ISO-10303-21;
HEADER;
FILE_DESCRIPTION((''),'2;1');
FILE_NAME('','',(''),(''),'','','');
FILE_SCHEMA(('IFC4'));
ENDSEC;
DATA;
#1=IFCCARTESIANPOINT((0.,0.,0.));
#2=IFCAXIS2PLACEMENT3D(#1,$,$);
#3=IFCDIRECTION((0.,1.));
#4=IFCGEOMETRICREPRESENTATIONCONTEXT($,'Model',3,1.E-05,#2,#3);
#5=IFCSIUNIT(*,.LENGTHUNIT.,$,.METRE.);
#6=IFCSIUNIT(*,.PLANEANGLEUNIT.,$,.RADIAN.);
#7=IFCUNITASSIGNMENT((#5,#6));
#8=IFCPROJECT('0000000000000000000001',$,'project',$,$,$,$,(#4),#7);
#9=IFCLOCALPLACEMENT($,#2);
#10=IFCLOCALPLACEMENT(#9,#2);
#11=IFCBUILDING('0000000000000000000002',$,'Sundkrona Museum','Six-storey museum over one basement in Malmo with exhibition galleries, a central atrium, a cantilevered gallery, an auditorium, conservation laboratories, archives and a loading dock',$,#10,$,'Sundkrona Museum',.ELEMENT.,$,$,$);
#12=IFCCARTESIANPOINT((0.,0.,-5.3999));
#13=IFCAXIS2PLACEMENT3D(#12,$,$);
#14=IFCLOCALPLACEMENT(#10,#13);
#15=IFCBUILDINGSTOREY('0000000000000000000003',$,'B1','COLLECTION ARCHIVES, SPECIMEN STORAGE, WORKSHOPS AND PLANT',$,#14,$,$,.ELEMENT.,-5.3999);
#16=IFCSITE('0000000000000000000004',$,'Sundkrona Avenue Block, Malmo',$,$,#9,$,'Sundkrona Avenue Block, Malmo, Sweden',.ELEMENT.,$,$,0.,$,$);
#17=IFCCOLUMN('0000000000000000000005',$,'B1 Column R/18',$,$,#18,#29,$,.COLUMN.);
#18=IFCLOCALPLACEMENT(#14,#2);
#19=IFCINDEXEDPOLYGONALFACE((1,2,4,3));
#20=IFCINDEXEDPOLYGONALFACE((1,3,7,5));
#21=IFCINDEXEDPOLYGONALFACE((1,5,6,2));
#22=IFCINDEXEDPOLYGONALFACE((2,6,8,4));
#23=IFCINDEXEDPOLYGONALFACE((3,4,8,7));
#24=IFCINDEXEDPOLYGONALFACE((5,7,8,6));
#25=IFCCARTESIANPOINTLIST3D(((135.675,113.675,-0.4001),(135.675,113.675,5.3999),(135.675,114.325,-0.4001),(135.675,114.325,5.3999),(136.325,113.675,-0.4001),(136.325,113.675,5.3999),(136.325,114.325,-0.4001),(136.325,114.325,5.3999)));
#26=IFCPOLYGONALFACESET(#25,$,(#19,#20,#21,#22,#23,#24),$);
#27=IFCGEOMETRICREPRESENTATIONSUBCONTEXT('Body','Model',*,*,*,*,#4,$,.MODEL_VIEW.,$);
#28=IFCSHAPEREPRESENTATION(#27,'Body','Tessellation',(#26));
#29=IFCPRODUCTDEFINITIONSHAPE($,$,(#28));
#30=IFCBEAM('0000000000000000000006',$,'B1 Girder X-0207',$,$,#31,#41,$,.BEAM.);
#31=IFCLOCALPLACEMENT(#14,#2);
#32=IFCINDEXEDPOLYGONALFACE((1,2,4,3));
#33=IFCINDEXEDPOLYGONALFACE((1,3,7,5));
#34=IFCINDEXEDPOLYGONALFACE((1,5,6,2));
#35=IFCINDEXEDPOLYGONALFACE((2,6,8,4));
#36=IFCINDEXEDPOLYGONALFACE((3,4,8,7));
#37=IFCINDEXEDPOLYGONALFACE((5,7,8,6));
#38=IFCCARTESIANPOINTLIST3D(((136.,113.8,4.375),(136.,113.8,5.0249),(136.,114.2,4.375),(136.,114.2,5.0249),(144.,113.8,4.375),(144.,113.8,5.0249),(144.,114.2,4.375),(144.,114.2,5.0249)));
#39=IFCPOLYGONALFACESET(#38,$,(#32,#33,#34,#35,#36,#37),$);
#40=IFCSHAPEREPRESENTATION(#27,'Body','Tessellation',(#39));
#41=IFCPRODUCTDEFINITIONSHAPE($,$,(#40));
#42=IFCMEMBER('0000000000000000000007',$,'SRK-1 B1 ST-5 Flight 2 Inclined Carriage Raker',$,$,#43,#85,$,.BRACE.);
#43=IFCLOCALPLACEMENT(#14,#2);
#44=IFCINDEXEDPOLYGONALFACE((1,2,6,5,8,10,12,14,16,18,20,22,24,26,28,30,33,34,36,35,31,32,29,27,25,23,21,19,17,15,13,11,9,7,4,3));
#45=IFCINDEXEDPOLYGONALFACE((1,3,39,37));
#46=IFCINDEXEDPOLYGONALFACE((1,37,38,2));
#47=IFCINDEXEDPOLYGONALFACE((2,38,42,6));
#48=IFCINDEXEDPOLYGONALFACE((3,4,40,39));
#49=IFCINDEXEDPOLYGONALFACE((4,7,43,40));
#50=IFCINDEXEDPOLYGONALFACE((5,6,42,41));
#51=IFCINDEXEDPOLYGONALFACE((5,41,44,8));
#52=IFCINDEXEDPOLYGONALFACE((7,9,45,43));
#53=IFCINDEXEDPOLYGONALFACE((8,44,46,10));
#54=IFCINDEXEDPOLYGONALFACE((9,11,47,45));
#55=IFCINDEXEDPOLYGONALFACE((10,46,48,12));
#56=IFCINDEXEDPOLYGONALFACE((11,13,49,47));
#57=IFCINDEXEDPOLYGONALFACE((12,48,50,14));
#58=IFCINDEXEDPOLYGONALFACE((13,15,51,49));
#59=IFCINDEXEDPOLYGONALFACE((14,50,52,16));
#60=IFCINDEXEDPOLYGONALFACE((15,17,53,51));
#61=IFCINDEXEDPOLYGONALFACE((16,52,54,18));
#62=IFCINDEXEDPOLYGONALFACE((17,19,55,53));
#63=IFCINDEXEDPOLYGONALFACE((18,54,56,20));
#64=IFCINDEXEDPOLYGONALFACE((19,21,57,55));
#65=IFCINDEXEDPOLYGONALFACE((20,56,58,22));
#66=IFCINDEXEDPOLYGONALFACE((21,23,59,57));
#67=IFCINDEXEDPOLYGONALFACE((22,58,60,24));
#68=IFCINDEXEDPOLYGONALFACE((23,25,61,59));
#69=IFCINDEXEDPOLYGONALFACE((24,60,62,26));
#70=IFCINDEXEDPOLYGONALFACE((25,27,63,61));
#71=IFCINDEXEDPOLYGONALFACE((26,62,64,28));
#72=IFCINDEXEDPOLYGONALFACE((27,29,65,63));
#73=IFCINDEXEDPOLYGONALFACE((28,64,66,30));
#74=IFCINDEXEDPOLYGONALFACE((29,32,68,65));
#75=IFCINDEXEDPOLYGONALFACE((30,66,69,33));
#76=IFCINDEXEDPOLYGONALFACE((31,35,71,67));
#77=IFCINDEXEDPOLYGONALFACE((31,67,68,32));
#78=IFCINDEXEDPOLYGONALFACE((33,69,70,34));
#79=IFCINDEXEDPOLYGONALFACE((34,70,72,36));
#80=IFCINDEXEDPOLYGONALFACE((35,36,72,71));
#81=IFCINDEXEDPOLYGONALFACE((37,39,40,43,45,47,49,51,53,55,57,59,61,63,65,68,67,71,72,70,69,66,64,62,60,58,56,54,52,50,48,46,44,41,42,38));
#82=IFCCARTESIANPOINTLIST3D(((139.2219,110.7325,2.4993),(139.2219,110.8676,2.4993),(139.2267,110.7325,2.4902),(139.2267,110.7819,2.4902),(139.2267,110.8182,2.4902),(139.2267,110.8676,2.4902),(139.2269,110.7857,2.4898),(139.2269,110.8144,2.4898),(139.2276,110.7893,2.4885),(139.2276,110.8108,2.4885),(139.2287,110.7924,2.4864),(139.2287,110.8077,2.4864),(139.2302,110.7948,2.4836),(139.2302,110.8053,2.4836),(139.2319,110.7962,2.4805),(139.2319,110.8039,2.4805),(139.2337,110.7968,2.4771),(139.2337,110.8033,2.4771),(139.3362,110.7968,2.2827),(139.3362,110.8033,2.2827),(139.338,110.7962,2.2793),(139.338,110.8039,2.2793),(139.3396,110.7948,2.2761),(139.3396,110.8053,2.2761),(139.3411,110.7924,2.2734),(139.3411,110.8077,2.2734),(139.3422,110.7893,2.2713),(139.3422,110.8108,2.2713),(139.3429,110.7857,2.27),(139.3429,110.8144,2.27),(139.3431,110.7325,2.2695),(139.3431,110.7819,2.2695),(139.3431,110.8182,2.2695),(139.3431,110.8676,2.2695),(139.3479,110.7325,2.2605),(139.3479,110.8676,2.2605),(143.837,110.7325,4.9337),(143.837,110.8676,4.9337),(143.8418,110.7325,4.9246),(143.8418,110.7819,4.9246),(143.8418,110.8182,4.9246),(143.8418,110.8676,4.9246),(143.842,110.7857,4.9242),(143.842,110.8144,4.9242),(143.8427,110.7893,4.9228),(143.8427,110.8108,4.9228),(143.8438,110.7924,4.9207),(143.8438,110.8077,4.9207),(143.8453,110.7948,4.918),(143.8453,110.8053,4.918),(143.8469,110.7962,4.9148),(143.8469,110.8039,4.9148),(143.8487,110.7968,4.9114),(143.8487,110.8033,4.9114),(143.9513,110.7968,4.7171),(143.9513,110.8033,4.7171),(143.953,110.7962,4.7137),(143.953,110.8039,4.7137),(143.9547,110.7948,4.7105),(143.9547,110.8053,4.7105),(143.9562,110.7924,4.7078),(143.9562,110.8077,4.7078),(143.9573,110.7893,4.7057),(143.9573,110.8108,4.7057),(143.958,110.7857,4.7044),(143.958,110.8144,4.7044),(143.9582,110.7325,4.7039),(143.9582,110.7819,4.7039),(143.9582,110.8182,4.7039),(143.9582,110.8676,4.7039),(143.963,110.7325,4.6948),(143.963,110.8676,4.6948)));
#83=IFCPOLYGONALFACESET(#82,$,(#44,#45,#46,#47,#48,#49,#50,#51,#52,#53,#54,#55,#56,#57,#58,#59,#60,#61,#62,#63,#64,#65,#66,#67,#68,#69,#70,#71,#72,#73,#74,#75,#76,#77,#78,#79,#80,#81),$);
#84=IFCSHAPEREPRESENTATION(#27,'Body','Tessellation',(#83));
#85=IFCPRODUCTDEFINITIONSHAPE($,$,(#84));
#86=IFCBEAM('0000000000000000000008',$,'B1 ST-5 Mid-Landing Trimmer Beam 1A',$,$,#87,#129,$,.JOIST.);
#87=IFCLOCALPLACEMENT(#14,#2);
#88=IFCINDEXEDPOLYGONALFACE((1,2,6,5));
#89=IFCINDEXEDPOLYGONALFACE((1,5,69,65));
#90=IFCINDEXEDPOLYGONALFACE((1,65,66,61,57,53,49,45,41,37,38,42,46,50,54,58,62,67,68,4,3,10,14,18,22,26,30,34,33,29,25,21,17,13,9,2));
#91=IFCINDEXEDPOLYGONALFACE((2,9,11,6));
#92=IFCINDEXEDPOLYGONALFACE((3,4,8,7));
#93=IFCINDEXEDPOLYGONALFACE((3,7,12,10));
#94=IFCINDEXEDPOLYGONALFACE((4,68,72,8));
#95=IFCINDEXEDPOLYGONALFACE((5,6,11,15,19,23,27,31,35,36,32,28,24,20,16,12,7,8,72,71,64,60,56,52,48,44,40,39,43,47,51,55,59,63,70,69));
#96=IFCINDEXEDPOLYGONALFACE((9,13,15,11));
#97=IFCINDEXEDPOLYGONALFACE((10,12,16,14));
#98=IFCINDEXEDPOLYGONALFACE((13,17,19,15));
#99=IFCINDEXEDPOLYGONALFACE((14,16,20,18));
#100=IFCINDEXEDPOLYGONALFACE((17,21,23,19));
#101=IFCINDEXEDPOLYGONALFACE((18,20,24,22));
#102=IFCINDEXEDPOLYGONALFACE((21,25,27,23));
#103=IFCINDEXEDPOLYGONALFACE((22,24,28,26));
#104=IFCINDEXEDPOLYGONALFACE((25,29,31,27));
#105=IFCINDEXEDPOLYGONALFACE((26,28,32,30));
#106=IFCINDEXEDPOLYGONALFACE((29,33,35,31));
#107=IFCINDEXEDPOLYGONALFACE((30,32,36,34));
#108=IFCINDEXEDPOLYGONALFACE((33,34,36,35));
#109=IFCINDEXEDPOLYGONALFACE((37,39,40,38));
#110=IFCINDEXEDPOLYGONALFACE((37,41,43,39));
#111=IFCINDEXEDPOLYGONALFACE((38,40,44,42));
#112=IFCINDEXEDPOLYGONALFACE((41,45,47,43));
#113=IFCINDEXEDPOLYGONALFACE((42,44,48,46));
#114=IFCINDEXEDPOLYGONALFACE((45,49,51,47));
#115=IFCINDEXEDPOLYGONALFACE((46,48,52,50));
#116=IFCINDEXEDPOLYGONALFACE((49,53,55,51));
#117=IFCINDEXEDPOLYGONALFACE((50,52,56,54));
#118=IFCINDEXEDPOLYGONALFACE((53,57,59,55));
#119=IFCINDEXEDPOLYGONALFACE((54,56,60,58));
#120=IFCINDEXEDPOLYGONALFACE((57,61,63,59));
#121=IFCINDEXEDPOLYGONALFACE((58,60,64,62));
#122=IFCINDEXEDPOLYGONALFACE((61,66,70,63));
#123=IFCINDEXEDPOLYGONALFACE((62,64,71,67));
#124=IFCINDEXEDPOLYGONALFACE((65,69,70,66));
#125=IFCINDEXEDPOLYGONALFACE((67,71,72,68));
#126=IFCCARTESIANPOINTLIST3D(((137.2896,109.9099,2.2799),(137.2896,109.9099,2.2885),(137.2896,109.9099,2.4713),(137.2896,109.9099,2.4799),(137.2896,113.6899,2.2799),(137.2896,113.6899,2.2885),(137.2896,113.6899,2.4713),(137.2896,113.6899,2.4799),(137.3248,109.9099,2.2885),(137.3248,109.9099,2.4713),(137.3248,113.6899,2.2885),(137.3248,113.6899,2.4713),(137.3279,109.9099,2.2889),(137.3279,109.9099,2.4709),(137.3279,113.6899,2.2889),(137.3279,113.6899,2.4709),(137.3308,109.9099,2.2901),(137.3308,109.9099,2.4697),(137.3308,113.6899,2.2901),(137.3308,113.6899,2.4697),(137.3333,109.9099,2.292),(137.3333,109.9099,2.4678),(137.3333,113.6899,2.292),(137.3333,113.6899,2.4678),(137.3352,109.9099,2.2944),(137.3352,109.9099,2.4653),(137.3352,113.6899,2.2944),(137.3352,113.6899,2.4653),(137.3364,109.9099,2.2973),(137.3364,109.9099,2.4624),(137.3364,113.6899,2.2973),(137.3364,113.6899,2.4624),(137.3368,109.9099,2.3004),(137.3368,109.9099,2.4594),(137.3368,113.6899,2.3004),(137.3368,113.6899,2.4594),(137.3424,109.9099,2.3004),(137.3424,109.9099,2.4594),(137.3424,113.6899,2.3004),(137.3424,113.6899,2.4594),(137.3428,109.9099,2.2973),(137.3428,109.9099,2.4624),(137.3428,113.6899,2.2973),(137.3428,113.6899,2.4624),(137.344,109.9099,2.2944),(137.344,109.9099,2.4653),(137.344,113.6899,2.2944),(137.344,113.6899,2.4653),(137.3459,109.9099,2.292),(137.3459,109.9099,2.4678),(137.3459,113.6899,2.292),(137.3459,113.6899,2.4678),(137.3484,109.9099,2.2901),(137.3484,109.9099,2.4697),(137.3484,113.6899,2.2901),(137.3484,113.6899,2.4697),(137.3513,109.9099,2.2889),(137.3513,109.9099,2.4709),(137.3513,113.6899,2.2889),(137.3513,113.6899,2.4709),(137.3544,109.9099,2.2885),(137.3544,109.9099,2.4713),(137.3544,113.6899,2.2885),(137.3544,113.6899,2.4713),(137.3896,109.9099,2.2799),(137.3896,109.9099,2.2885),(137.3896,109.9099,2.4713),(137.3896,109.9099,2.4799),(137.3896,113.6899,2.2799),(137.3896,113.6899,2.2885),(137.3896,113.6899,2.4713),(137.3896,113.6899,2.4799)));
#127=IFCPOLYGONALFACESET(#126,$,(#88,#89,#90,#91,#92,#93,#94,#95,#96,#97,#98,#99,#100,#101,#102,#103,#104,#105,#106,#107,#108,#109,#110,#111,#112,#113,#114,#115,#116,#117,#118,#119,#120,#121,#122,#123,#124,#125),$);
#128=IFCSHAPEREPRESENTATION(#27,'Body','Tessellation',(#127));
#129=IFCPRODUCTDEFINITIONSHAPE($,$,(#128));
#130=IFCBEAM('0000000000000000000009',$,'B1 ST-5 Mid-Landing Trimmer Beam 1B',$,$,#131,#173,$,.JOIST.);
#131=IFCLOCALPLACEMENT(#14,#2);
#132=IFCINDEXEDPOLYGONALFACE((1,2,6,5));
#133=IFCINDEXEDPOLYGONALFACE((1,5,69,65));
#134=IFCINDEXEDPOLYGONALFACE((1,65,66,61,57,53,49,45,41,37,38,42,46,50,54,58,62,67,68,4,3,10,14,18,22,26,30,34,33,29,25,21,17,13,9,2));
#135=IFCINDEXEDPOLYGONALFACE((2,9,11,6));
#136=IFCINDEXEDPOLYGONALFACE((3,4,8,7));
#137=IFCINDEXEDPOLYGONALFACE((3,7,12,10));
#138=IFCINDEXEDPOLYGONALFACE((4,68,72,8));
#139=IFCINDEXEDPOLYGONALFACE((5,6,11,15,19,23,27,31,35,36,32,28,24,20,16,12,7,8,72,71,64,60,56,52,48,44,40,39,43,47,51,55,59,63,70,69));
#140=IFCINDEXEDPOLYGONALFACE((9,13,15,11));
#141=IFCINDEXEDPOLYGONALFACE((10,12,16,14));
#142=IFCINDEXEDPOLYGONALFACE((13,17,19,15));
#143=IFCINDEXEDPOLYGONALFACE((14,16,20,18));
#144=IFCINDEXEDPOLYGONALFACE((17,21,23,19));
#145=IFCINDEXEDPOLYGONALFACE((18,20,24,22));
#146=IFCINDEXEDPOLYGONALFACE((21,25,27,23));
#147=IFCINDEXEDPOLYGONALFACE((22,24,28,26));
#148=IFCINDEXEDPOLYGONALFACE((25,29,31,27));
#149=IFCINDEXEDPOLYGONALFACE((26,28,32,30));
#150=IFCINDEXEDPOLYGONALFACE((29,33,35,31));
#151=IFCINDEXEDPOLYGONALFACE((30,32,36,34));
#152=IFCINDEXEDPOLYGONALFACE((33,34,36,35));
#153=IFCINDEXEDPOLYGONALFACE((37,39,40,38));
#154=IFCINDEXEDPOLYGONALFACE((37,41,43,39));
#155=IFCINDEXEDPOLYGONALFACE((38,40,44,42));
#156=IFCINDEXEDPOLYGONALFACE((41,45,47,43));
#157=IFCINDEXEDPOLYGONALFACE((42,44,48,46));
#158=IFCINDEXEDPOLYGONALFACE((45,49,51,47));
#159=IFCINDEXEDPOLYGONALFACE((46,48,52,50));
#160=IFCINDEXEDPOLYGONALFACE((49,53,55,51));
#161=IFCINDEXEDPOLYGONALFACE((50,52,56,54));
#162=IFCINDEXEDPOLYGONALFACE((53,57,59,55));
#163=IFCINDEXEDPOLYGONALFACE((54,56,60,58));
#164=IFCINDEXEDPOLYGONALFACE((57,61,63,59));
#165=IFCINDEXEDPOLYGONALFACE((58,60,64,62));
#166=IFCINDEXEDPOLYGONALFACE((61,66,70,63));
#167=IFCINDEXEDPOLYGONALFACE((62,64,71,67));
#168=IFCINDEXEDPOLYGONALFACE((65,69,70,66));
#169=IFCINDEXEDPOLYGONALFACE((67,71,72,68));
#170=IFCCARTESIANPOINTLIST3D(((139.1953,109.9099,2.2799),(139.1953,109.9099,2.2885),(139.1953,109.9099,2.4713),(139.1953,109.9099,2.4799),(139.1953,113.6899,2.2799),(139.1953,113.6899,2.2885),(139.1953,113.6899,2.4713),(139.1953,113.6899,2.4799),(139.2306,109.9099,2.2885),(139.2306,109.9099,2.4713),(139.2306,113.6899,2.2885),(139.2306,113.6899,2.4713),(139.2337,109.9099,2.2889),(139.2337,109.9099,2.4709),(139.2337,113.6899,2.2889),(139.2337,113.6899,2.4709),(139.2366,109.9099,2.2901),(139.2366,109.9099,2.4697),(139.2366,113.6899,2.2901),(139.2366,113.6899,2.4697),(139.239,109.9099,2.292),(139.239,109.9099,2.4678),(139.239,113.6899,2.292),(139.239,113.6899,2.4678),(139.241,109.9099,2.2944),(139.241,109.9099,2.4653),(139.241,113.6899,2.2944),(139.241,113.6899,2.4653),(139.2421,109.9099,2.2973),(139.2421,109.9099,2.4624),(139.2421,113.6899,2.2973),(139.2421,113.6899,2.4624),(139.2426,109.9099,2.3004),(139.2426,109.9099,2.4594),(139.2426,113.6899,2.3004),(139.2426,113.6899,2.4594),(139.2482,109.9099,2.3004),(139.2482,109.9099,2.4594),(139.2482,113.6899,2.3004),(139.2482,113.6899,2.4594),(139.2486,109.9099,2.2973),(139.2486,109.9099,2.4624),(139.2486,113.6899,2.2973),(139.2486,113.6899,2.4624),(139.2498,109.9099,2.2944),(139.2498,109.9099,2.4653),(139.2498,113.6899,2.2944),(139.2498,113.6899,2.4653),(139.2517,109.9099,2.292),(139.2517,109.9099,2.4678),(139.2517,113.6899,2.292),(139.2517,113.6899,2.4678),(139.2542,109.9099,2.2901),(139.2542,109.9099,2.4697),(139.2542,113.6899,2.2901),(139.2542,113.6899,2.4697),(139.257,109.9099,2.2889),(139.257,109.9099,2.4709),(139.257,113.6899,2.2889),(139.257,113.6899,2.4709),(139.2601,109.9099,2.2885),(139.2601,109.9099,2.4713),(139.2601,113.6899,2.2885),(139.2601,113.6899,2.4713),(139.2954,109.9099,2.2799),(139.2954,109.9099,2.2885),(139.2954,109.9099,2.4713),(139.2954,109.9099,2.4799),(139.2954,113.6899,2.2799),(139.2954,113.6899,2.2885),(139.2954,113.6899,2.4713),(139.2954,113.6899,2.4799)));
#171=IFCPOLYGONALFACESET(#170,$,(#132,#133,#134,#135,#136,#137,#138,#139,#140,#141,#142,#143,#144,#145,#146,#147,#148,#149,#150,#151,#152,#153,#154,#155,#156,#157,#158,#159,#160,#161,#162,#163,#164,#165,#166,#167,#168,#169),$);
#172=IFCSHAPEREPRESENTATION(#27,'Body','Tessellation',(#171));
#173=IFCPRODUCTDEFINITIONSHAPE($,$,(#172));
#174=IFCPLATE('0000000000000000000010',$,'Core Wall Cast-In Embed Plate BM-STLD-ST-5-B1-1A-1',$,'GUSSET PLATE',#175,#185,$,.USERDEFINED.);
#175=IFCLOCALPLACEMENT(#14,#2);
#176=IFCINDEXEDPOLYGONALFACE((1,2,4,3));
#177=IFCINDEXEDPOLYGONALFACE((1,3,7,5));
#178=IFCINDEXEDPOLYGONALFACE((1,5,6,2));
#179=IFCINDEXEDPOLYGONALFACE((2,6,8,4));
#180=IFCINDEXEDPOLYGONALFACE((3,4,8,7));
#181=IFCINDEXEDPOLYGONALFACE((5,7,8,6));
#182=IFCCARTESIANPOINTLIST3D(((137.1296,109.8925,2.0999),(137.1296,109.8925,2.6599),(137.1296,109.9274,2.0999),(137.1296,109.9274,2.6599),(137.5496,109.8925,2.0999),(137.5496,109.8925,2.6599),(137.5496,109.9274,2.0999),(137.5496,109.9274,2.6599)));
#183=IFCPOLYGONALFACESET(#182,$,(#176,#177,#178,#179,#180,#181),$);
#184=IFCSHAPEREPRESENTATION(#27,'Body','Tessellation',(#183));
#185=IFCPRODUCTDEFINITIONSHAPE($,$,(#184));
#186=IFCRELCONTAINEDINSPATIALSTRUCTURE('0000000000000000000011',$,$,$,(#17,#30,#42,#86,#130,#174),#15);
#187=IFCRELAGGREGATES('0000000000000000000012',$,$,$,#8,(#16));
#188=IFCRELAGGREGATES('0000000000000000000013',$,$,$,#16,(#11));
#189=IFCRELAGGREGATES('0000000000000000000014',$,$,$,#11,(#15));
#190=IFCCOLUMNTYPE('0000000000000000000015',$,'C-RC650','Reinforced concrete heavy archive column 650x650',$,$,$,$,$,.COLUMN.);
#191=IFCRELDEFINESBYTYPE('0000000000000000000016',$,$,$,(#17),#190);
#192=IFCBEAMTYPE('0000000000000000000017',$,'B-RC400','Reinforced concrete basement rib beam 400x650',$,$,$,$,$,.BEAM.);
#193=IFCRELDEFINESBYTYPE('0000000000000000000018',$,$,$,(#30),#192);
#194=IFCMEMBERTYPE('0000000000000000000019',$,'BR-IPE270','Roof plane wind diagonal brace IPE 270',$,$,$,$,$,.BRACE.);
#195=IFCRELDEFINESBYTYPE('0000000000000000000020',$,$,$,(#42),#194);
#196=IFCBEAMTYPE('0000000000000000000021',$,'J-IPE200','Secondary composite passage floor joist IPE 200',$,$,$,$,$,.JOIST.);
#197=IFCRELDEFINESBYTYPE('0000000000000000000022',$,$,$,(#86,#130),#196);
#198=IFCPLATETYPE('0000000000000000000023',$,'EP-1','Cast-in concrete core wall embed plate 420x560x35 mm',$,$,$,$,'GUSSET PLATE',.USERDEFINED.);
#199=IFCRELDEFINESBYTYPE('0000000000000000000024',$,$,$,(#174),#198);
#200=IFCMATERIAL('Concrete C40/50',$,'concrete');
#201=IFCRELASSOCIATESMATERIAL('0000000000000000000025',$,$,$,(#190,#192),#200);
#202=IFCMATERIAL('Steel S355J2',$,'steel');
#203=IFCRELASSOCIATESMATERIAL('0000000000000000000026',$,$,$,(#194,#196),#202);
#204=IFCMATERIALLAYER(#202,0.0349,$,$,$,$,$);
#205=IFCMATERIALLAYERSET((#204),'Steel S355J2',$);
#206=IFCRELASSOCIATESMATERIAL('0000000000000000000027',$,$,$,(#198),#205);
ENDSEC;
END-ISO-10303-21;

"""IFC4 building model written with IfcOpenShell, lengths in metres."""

from ifc_helpers import new_model, si_unit, direction, frame, origin, origin_2d, place, context, subcontext, project, spatial, rectangle, i_section, extrude, material, layer, layer_set, material_profile, profile_set, type_object, element, save


model = new_model("IFC4")

# Units and contexts
model_context = context("Model", 3, precision=1e-05, world=origin(), true_north=direction((0.0, 1.0)))
body_context = subcontext(model_context, "Body", "Model", "MODEL_VIEW")
ifc_project = project(units=[si_unit("LENGTHUNIT", "METRE"), si_unit("PLANEANGLEUNIT", "RADIAN")], contexts=[model_context])

# Site, building, storey
site_placement = place(None, origin())
site = spatial("IfcSite", under=ifc_project, at=site_placement, Name="Sundkrona Avenue Block, Malmo", LongName="Sundkrona Avenue Block, Malmo, Sweden", CompositionType="ELEMENT", RefElevation=0.0)
building_placement = place(site_placement, origin())
building = spatial("IfcBuilding", under=site, at=building_placement, Name="Sundkrona Museum", Description="Six-storey museum over one basement in Malmo with exhibition galleries, a central atrium, a cantilevered gallery, an auditorium, conservation laboratories, archives and a loading dock", LongName="Sundkrona Museum", CompositionType="ELEMENT")
storey_placement = place(building_placement, frame((0.0, 0.0, -5.3999)))
storey = spatial("IfcBuildingStorey", under=building, at=storey_placement, Name="B1", Description="COLLECTION ARCHIVES, SPECIMEN STORAGE, WORKSHOPS AND PLANT", CompositionType="ELEMENT", Elevation=-5.3999)

# Shared definitions
ifc_material_1 = material(Name="Concrete C40/50", Category="concrete")

# Column
ifc_material_profile_1 = material_profile(ifc_material_1, rectangle(XDim=0.6499, YDim=0.6499, at=origin_2d()), Name="RC 650x650")
ifc_profile_set_1 = profile_set([ifc_material_profile_1], Name="Concrete C40/50")
column_type = type_object("IfcColumnType", Name="C-RC650", Description="Reinforced concrete heavy archive column 650x650", PredefinedType="COLUMN", material=ifc_profile_set_1)
column_placement = place(storey_placement, frame((136.0, 114.0, -0.4001), z_axis=(0.0, 0.0, 1.0), x_axis=(1.0, 0.0, 0.0)))
element("IfcColumn", 1, at=column_placement, inside=storey, type_object=column_type, Name="B1 Column R/18", PredefinedType="COLUMN", context=body_context, shape_type="SweptSolid", body=[
    extrude(rectangle(XDim=0.6499, YDim=0.6499, at=origin_2d()), origin(), (0.0, 0.0, 1.0), 5.8),
])

# Beam
ifc_material_profile_2 = material_profile(ifc_material_1, rectangle(XDim=0.3999, YDim=0.6499, at=origin_2d()), Name="RCB 400x650")
ifc_profile_set_2 = profile_set([ifc_material_profile_2], Name="Concrete C40/50")
beam_type_1 = type_object("IfcBeamType", Name="B-RC400", Description="Reinforced concrete basement rib beam 400x650", PredefinedType="BEAM", material=ifc_profile_set_2)
beam_placement = place(storey_placement, frame((136.0, 114.0, 4.7), z_axis=(1.0, 0.0, 0.0), x_axis=(0.0, 1.0, 0.0)))
element("IfcBeam", 2, at=beam_placement, inside=storey, type_object=beam_type_1, Name="B1 Girder X-0207", PredefinedType="BEAM", context=body_context, shape_type="SweptSolid", body=[
    extrude(rectangle(XDim=0.3999, YDim=0.6499, at=origin_2d()), origin(), (0.0, 0.0, 1.0), 8.0),
])

# Member
ifc_material_2 = material(Name="Steel S355J2", Category="steel")
ifc_material_profile_3 = material_profile(ifc_material_2, i_section(OverallWidth=0.135, OverallDepth=0.27, WebThickness=0.0066, FlangeThickness=0.0103, FilletRadius=0.0149, at=origin_2d()), Name="IPE 270")
ifc_profile_set_3 = profile_set([ifc_material_profile_3], Name="Steel S355J2")
member_type = type_object("IfcMemberType", Name="BR-IPE270", Description="Roof plane wind diagonal brace IPE 270", PredefinedType="BRACE", material=ifc_profile_set_3)
member_placement = place(storey_placement, frame((139.2849, 110.8, 2.3799), z_axis=(0.884493, 0.0, 0.466554), x_axis=(0.0, 1.0, 0.0)))
element("IfcMember", 3, at=member_placement, inside=storey, type_object=member_type, Name="SRK-1 B1 ST-5 Flight 2 Inclined Carriage Raker", PredefinedType="BRACE", context=body_context, shape_type="SweptSolid", body=[
    extrude(i_section(OverallWidth=0.135, OverallDepth=0.27, WebThickness=0.0066, FlangeThickness=0.0103, FilletRadius=0.0149, at=origin_2d()), origin(), (0.0, 0.0, 1.0), 5.2178),
])

# Beams
ifc_material_profile_4 = material_profile(ifc_material_2, i_section(OverallWidth=0.1001, OverallDepth=0.2, WebThickness=0.0056, FlangeThickness=0.0085, FilletRadius=0.012, at=origin_2d()), Name="IPE 200")
ifc_profile_set_4 = profile_set([ifc_material_profile_4], Name="Steel S355J2")
beam_type_2 = type_object("IfcBeamType", Name="J-IPE200", Description="Secondary composite passage floor joist IPE 200", PredefinedType="JOIST", material=ifc_profile_set_4)
for number, where, z_axis, x_axis, name in (
    (4, (137.3396, 109.9099, 2.3799), (0.0, 1.0, 0.0), (-1.0, 0.0, 0.0), "B1 ST-5 Mid-Landing Trimmer Beam 1A"),
    (5, (139.2454, 109.9099, 2.3799), (0.0, 1.0, 0.0), (-1.0, 0.0, 0.0), "B1 ST-5 Mid-Landing Trimmer Beam 1B"),
):
    element("IfcBeam", number, at=place(storey_placement, frame(where, z_axis=z_axis, x_axis=x_axis)), inside=storey, type_object=beam_type_2, Name=name, PredefinedType="JOIST", context=body_context, shape_type="SweptSolid", body=[
        extrude(i_section(OverallWidth=0.1001, OverallDepth=0.2, WebThickness=0.0056, FlangeThickness=0.0085, FilletRadius=0.012, at=origin_2d()), origin(), (0.0, 0.0, 1.0), 3.78),
    ])

# Plate
ifc_layer_1 = layer(ifc_material_2, 0.0349)
ifc_layer_set_1 = layer_set([ifc_layer_1], Name="Steel S355J2")
plate_type = type_object("IfcPlateType", Name="EP-1", Description="Cast-in concrete core wall embed plate 420x560x35 mm", ElementType="GUSSET PLATE", PredefinedType="USERDEFINED", material=ifc_layer_set_1)
for number, where, z_axis, x_axis, name in (
    (6, (137.3396, 109.9099, 2.0999), (0.0, 0.0, 1.0), (1.0, 0.0, 0.0), "Core Wall Cast-In Embed Plate BM-STLD-ST-5-B1-1A-1"),
):
    element("IfcPlate", number, at=place(storey_placement, frame(where, z_axis=z_axis, x_axis=x_axis)), inside=storey, type_object=plate_type, Name=name, ObjectType="GUSSET PLATE", PredefinedType="USERDEFINED", context=body_context, shape_type="SweptSolid", body=[
        extrude(rectangle(XDim=0.4199, YDim=0.0349, at=origin_2d()), origin(), (0.0, 0.0, 1.0), 0.5601),
    ])

save(model, "model.ifc")
